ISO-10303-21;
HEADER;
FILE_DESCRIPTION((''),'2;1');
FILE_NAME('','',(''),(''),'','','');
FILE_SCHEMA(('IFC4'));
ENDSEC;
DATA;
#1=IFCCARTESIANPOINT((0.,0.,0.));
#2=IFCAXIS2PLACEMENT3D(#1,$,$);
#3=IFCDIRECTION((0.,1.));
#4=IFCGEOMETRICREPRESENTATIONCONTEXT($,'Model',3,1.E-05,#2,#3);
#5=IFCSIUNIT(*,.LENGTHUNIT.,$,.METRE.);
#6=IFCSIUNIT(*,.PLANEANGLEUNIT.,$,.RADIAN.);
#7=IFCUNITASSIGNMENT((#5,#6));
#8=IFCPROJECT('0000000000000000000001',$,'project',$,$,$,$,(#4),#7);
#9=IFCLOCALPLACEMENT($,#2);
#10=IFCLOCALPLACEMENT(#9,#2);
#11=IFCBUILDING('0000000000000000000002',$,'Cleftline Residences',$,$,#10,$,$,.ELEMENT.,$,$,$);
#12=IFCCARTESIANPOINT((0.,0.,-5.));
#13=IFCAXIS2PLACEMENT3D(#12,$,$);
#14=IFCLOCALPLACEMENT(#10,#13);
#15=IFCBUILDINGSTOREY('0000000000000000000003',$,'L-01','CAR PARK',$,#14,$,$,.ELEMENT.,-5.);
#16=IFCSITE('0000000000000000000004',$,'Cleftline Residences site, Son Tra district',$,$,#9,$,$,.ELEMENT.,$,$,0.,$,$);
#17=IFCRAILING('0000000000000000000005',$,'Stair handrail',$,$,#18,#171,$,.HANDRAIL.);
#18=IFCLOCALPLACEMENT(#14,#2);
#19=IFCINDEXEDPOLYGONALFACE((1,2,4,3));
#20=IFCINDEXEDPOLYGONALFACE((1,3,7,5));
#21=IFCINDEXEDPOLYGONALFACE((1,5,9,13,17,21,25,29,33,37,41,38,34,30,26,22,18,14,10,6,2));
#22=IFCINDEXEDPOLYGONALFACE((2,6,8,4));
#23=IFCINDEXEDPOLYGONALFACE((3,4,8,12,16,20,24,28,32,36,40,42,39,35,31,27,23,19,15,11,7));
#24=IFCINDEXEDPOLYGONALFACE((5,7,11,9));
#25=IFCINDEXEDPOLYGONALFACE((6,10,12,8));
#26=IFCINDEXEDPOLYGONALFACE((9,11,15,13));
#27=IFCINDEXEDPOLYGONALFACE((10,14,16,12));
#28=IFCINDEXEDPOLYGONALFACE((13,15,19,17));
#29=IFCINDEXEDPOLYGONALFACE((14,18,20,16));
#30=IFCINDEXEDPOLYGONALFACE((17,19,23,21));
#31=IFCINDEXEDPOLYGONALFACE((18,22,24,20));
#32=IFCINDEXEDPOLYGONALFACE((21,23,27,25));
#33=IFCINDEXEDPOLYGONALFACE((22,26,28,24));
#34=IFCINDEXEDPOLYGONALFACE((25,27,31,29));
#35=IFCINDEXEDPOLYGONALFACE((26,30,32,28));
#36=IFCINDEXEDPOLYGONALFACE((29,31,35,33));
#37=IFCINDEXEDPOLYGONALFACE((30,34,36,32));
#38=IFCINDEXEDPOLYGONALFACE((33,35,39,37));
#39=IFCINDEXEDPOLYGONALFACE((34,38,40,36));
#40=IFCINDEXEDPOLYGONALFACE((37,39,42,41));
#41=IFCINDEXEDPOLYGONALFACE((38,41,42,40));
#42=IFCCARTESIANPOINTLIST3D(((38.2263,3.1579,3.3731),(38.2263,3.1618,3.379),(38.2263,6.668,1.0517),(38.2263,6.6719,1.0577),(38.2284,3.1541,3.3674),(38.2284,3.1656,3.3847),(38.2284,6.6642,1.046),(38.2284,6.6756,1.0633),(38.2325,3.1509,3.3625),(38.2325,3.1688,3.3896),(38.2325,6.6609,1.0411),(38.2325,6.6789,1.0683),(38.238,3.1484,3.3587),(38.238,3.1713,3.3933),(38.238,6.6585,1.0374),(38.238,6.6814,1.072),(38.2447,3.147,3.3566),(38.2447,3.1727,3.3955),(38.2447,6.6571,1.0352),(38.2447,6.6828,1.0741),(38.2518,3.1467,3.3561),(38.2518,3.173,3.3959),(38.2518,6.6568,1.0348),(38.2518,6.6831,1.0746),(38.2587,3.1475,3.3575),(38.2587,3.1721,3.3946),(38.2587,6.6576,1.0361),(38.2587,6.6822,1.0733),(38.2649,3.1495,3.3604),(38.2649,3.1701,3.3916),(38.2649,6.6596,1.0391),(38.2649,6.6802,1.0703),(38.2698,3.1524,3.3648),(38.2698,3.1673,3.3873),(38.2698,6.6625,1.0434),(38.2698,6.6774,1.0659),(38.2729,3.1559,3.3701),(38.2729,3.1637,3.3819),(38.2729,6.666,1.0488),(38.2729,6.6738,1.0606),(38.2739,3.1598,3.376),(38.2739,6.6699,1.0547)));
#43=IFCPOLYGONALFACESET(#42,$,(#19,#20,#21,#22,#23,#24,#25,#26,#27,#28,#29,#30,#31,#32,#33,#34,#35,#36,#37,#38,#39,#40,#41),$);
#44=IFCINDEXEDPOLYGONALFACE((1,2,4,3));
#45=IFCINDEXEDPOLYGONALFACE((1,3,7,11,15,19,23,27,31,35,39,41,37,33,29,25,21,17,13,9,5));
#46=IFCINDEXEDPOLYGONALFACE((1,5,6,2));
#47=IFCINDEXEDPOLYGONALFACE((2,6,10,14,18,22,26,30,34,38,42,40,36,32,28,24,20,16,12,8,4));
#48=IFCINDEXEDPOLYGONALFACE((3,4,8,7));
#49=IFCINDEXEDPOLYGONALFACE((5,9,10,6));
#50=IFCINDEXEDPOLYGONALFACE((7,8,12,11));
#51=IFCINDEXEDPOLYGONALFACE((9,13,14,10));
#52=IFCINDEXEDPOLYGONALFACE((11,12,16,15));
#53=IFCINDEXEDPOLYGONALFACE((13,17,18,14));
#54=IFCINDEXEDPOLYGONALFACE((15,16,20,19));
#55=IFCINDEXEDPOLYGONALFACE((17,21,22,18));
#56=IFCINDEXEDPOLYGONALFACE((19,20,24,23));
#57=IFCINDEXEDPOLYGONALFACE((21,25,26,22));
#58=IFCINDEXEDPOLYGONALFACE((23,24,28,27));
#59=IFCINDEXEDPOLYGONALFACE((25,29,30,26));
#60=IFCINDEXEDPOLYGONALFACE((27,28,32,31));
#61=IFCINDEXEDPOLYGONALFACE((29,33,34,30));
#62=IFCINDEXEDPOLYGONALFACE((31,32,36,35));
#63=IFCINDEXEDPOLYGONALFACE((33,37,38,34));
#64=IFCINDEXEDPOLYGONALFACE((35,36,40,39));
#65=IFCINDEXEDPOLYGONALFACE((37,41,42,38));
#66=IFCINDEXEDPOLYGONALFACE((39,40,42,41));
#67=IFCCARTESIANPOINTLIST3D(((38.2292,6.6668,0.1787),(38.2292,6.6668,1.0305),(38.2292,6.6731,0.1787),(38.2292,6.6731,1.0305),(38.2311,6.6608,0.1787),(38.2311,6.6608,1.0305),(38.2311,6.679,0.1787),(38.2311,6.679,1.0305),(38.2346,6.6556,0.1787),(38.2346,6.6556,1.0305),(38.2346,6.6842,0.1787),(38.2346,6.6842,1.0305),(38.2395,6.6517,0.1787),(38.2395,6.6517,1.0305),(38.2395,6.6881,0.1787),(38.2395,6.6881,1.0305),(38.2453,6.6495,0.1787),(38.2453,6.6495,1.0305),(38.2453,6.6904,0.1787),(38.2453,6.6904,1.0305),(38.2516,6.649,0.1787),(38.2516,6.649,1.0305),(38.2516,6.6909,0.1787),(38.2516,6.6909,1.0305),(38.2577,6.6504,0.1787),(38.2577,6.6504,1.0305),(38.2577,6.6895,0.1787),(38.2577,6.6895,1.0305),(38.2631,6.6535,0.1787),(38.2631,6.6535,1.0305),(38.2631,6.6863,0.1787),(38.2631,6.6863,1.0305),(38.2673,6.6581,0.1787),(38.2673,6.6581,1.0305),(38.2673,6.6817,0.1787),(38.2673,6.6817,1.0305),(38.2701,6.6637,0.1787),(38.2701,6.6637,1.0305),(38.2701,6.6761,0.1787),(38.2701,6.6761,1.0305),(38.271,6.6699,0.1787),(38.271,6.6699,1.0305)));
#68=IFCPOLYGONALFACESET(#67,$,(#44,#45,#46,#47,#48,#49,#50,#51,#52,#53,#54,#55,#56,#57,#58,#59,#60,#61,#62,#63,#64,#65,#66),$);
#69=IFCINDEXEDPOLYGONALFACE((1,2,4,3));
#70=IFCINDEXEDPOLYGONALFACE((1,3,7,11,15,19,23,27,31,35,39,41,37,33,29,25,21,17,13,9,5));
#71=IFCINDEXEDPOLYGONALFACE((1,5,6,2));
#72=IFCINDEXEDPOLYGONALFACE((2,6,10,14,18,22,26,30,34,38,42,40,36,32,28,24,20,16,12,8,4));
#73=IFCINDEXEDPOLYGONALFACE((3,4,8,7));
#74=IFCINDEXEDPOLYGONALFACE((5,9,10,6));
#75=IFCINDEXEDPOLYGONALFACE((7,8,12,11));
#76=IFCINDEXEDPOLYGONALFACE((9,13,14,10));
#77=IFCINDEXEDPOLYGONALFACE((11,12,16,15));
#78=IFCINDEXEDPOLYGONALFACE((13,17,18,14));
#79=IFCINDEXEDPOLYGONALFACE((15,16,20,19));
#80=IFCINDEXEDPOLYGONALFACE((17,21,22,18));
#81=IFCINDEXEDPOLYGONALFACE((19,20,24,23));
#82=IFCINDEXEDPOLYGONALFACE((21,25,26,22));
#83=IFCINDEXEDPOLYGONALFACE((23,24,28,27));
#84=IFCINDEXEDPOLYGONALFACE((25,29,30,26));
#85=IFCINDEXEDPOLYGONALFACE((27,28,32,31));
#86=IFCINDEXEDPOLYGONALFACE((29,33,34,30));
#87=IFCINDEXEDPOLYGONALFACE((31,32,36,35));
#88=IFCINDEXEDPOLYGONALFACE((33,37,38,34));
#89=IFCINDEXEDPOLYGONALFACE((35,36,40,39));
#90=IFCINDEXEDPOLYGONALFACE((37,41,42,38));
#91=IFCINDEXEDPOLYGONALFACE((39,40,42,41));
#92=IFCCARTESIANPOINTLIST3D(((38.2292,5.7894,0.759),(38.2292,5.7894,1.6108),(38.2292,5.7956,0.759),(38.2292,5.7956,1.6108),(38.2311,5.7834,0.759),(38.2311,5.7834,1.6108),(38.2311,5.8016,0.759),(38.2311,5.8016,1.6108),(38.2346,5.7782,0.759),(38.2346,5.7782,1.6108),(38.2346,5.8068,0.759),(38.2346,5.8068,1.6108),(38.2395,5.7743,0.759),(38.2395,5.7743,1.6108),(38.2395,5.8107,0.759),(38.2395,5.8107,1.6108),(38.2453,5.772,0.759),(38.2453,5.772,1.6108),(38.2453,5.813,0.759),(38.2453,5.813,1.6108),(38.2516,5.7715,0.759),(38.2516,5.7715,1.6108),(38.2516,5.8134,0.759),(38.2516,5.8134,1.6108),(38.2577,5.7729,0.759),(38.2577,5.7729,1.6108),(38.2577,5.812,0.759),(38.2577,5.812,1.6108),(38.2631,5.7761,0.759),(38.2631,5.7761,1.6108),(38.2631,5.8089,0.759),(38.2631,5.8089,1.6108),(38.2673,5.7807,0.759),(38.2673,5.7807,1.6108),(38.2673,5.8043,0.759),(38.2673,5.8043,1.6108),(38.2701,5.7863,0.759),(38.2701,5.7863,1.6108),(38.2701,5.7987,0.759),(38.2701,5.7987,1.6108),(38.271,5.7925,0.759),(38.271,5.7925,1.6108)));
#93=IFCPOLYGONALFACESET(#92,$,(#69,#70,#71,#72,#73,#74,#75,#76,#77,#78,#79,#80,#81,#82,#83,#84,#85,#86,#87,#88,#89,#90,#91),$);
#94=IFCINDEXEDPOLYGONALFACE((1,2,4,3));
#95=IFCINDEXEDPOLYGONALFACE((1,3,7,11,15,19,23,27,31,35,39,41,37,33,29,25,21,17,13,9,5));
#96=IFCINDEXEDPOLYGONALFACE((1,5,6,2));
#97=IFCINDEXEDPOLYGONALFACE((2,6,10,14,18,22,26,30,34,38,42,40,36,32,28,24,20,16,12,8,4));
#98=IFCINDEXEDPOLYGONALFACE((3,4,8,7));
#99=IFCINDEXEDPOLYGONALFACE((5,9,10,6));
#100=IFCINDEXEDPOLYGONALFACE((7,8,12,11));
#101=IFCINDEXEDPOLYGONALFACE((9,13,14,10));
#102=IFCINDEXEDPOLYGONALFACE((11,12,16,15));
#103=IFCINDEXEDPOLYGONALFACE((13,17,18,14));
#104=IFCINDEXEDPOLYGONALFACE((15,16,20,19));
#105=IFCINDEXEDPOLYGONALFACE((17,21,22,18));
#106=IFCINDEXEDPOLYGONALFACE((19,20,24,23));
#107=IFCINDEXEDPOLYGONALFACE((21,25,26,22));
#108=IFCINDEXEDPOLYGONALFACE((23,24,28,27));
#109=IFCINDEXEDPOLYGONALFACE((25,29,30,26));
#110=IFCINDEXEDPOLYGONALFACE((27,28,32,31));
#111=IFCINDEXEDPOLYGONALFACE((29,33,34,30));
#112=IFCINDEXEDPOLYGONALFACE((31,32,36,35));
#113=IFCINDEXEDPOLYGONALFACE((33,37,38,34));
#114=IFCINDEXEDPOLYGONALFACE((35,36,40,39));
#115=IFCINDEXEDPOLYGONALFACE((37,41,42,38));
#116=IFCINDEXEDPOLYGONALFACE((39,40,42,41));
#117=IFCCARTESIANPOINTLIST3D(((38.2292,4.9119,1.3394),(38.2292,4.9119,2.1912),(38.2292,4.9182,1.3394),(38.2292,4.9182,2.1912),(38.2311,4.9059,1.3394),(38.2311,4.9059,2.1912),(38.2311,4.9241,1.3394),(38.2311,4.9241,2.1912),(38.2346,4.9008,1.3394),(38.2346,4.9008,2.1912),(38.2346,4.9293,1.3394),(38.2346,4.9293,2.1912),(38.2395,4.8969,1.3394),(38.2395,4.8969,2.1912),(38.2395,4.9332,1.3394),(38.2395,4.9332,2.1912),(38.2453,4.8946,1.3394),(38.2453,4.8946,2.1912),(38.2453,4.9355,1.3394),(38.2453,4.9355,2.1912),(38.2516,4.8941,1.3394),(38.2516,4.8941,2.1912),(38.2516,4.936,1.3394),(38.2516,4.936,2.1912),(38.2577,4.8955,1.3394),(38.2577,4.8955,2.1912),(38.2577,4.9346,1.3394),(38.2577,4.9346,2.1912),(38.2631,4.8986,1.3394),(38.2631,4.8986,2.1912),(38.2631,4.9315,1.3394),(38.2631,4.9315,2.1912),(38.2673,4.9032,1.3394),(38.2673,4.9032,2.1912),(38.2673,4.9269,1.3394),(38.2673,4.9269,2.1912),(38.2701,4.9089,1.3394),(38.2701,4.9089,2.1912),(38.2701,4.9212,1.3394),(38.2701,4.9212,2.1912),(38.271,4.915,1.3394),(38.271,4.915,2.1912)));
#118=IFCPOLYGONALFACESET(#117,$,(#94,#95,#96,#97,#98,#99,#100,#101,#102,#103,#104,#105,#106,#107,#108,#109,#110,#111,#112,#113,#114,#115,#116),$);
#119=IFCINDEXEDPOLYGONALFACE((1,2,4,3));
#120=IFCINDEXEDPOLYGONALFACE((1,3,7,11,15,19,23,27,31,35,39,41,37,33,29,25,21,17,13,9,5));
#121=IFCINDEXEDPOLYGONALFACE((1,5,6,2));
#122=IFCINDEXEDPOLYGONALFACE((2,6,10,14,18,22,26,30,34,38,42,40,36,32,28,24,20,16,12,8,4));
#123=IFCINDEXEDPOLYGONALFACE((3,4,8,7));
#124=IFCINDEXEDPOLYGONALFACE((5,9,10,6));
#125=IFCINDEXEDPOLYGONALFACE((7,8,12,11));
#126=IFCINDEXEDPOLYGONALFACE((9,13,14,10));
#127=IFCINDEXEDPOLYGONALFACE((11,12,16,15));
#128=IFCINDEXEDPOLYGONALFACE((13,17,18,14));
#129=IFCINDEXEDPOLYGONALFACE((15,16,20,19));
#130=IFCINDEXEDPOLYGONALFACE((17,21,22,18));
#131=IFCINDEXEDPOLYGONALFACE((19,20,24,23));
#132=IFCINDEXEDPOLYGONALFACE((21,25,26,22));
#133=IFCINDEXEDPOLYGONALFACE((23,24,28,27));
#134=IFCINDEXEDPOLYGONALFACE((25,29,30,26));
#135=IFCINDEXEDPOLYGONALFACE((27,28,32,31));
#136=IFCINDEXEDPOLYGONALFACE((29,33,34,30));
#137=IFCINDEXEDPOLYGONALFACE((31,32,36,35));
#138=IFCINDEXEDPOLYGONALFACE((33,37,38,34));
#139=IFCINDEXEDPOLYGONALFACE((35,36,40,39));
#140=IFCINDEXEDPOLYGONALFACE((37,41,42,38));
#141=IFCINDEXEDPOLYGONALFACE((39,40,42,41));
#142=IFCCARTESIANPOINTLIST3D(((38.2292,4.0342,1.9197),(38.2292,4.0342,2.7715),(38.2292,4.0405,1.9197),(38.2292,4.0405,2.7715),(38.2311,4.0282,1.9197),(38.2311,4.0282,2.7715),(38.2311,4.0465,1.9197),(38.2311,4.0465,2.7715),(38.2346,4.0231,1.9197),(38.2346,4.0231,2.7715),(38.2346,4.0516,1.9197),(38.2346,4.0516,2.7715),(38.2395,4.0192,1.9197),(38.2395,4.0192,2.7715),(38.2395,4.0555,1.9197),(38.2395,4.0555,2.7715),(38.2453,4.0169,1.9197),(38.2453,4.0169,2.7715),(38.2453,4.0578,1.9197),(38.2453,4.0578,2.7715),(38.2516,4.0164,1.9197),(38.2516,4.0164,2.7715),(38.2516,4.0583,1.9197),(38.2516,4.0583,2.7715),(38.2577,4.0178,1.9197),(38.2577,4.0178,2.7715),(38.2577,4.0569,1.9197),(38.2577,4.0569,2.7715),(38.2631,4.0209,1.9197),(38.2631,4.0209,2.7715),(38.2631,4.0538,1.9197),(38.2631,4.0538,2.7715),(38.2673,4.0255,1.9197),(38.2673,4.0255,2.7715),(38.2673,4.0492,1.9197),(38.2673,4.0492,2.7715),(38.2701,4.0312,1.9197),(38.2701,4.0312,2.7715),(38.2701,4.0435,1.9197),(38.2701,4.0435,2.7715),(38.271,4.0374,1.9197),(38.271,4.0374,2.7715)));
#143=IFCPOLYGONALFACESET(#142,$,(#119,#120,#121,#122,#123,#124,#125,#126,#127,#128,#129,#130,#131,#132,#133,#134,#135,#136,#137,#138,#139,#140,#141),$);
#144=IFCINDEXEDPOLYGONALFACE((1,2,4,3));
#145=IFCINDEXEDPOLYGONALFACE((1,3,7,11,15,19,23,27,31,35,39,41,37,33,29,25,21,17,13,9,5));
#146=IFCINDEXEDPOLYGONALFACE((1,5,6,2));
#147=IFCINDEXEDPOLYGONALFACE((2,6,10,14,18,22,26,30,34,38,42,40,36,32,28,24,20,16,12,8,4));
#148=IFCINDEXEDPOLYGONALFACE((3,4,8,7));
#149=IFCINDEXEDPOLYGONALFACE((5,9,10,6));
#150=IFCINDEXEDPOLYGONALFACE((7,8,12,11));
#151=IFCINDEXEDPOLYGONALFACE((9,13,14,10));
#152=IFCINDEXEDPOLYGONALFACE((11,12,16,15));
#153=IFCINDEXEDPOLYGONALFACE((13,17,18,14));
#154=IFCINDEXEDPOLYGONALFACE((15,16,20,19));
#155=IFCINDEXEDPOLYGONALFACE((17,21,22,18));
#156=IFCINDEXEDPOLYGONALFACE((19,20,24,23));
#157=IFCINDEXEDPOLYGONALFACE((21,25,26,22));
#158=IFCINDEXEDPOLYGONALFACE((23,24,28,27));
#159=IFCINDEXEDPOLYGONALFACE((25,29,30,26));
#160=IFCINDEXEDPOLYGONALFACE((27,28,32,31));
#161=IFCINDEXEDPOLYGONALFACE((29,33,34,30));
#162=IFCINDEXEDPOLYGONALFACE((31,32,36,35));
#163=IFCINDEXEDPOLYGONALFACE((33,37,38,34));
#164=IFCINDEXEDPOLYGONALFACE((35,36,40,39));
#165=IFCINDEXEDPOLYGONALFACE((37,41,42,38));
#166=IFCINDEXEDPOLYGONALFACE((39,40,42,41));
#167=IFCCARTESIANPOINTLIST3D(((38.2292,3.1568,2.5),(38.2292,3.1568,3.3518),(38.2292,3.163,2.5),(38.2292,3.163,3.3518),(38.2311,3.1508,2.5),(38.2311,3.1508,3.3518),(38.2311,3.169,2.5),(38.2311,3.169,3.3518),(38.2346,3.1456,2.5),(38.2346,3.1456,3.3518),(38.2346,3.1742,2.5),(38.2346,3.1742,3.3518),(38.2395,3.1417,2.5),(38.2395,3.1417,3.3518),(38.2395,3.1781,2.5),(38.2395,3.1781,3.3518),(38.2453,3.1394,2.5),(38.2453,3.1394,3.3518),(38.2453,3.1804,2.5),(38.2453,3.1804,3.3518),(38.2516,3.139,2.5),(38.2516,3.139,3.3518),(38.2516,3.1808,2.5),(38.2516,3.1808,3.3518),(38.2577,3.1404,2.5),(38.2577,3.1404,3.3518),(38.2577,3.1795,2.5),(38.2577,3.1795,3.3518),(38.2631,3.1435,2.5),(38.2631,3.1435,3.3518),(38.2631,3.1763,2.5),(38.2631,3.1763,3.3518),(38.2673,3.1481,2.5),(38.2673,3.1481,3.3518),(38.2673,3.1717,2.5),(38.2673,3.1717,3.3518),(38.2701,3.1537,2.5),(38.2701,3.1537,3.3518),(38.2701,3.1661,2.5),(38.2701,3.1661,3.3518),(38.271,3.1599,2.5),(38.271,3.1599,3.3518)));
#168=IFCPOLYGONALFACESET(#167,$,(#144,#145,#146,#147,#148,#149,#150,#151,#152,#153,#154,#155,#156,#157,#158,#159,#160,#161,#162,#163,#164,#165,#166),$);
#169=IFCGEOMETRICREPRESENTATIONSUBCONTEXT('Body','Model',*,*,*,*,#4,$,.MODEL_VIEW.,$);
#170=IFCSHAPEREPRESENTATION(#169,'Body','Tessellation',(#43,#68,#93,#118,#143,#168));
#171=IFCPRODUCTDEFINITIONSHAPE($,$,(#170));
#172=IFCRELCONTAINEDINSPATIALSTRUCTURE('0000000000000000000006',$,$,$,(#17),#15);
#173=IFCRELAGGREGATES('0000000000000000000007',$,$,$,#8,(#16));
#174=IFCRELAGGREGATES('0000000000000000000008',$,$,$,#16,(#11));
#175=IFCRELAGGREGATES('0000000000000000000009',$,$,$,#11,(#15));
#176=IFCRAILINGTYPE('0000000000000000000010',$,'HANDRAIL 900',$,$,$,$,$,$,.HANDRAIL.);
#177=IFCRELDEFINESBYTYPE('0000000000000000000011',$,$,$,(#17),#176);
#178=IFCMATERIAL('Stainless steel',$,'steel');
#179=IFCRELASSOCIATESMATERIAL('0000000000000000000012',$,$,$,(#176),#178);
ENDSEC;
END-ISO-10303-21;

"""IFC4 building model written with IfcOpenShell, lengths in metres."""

from ifc_helpers import new_model, si_unit, direction, frame, origin, origin_2d, place, context, subcontext, project, spatial, circle, extrude, material, type_object, element, save


model = new_model("IFC4")

# Units and contexts
model_context = context("Model", 3, precision=1e-05, world=origin(), true_north=direction((0.0, 1.0)))
body_context = subcontext(model_context, "Body", "Model", "MODEL_VIEW")
ifc_project = project(units=[si_unit("LENGTHUNIT", "METRE"), si_unit("PLANEANGLEUNIT", "RADIAN")], contexts=[model_context])

# Site, building, storey
site_placement = place(None, origin())
site = spatial("IfcSite", under=ifc_project, at=site_placement, Name="Cleftline Residences site, Son Tra district", CompositionType="ELEMENT", RefElevation=0.0)
building_placement = place(site_placement, origin())
building = spatial("IfcBuilding", under=site, at=building_placement, Name="Cleftline Residences", CompositionType="ELEMENT")
storey_placement = place(building_placement, frame((0.0, 0.0, -5.0)))
storey = spatial("IfcBuildingStorey", under=building, at=storey_placement, Name="L-01", Description="CAR PARK", CompositionType="ELEMENT", Elevation=-5.0)

# Railing
ifc_material_1 = material(Name="Stainless steel", Category="steel")
railing_type = type_object("IfcRailingType", Name="HANDRAIL 900", PredefinedType="HANDRAIL", material=ifc_material_1)
railing_1_placement = place(storey_placement, frame((38.25, 6.6699, 0.1787)))
element("IfcRailing", 1, at=railing_1_placement, inside=storey, type_object=railing_type, Name="Stair handrail", PredefinedType="HANDRAIL", context=body_context, shape_type="SweptSolid", body=[
    extrude(circle(Radius=0.0239, at=origin_2d()), frame((0.0, 0.0, 0.876), z_axis=(0.0, -0.834097, 0.551617), x_axis=(1.0, 0.0, 0.0)), (0.0, 0.0, 1.0), 4.2083),
    extrude(circle(Radius=0.021, at=origin_2d()), origin(), (0.0, 0.0, 1.0), 0.8518),
    extrude(circle(Radius=0.021, at=origin_2d()), frame((0.0, -0.8774, 0.5803)), (0.0, 0.0, 1.0), 0.8518),
    extrude(circle(Radius=0.021, at=origin_2d()), frame((0.0, -1.7549, 1.1606)), (0.0, 0.0, 1.0), 0.8518),
    extrude(circle(Radius=0.021, at=origin_2d()), frame((0.0, -2.6326, 1.741)), (0.0, 0.0, 1.0), 0.8518),
    extrude(circle(Radius=0.021, at=origin_2d()), frame((0.0, -3.51, 2.3213)), (0.0, 0.0, 1.0), 0.8518),
])

save(model, "model.ifc")
